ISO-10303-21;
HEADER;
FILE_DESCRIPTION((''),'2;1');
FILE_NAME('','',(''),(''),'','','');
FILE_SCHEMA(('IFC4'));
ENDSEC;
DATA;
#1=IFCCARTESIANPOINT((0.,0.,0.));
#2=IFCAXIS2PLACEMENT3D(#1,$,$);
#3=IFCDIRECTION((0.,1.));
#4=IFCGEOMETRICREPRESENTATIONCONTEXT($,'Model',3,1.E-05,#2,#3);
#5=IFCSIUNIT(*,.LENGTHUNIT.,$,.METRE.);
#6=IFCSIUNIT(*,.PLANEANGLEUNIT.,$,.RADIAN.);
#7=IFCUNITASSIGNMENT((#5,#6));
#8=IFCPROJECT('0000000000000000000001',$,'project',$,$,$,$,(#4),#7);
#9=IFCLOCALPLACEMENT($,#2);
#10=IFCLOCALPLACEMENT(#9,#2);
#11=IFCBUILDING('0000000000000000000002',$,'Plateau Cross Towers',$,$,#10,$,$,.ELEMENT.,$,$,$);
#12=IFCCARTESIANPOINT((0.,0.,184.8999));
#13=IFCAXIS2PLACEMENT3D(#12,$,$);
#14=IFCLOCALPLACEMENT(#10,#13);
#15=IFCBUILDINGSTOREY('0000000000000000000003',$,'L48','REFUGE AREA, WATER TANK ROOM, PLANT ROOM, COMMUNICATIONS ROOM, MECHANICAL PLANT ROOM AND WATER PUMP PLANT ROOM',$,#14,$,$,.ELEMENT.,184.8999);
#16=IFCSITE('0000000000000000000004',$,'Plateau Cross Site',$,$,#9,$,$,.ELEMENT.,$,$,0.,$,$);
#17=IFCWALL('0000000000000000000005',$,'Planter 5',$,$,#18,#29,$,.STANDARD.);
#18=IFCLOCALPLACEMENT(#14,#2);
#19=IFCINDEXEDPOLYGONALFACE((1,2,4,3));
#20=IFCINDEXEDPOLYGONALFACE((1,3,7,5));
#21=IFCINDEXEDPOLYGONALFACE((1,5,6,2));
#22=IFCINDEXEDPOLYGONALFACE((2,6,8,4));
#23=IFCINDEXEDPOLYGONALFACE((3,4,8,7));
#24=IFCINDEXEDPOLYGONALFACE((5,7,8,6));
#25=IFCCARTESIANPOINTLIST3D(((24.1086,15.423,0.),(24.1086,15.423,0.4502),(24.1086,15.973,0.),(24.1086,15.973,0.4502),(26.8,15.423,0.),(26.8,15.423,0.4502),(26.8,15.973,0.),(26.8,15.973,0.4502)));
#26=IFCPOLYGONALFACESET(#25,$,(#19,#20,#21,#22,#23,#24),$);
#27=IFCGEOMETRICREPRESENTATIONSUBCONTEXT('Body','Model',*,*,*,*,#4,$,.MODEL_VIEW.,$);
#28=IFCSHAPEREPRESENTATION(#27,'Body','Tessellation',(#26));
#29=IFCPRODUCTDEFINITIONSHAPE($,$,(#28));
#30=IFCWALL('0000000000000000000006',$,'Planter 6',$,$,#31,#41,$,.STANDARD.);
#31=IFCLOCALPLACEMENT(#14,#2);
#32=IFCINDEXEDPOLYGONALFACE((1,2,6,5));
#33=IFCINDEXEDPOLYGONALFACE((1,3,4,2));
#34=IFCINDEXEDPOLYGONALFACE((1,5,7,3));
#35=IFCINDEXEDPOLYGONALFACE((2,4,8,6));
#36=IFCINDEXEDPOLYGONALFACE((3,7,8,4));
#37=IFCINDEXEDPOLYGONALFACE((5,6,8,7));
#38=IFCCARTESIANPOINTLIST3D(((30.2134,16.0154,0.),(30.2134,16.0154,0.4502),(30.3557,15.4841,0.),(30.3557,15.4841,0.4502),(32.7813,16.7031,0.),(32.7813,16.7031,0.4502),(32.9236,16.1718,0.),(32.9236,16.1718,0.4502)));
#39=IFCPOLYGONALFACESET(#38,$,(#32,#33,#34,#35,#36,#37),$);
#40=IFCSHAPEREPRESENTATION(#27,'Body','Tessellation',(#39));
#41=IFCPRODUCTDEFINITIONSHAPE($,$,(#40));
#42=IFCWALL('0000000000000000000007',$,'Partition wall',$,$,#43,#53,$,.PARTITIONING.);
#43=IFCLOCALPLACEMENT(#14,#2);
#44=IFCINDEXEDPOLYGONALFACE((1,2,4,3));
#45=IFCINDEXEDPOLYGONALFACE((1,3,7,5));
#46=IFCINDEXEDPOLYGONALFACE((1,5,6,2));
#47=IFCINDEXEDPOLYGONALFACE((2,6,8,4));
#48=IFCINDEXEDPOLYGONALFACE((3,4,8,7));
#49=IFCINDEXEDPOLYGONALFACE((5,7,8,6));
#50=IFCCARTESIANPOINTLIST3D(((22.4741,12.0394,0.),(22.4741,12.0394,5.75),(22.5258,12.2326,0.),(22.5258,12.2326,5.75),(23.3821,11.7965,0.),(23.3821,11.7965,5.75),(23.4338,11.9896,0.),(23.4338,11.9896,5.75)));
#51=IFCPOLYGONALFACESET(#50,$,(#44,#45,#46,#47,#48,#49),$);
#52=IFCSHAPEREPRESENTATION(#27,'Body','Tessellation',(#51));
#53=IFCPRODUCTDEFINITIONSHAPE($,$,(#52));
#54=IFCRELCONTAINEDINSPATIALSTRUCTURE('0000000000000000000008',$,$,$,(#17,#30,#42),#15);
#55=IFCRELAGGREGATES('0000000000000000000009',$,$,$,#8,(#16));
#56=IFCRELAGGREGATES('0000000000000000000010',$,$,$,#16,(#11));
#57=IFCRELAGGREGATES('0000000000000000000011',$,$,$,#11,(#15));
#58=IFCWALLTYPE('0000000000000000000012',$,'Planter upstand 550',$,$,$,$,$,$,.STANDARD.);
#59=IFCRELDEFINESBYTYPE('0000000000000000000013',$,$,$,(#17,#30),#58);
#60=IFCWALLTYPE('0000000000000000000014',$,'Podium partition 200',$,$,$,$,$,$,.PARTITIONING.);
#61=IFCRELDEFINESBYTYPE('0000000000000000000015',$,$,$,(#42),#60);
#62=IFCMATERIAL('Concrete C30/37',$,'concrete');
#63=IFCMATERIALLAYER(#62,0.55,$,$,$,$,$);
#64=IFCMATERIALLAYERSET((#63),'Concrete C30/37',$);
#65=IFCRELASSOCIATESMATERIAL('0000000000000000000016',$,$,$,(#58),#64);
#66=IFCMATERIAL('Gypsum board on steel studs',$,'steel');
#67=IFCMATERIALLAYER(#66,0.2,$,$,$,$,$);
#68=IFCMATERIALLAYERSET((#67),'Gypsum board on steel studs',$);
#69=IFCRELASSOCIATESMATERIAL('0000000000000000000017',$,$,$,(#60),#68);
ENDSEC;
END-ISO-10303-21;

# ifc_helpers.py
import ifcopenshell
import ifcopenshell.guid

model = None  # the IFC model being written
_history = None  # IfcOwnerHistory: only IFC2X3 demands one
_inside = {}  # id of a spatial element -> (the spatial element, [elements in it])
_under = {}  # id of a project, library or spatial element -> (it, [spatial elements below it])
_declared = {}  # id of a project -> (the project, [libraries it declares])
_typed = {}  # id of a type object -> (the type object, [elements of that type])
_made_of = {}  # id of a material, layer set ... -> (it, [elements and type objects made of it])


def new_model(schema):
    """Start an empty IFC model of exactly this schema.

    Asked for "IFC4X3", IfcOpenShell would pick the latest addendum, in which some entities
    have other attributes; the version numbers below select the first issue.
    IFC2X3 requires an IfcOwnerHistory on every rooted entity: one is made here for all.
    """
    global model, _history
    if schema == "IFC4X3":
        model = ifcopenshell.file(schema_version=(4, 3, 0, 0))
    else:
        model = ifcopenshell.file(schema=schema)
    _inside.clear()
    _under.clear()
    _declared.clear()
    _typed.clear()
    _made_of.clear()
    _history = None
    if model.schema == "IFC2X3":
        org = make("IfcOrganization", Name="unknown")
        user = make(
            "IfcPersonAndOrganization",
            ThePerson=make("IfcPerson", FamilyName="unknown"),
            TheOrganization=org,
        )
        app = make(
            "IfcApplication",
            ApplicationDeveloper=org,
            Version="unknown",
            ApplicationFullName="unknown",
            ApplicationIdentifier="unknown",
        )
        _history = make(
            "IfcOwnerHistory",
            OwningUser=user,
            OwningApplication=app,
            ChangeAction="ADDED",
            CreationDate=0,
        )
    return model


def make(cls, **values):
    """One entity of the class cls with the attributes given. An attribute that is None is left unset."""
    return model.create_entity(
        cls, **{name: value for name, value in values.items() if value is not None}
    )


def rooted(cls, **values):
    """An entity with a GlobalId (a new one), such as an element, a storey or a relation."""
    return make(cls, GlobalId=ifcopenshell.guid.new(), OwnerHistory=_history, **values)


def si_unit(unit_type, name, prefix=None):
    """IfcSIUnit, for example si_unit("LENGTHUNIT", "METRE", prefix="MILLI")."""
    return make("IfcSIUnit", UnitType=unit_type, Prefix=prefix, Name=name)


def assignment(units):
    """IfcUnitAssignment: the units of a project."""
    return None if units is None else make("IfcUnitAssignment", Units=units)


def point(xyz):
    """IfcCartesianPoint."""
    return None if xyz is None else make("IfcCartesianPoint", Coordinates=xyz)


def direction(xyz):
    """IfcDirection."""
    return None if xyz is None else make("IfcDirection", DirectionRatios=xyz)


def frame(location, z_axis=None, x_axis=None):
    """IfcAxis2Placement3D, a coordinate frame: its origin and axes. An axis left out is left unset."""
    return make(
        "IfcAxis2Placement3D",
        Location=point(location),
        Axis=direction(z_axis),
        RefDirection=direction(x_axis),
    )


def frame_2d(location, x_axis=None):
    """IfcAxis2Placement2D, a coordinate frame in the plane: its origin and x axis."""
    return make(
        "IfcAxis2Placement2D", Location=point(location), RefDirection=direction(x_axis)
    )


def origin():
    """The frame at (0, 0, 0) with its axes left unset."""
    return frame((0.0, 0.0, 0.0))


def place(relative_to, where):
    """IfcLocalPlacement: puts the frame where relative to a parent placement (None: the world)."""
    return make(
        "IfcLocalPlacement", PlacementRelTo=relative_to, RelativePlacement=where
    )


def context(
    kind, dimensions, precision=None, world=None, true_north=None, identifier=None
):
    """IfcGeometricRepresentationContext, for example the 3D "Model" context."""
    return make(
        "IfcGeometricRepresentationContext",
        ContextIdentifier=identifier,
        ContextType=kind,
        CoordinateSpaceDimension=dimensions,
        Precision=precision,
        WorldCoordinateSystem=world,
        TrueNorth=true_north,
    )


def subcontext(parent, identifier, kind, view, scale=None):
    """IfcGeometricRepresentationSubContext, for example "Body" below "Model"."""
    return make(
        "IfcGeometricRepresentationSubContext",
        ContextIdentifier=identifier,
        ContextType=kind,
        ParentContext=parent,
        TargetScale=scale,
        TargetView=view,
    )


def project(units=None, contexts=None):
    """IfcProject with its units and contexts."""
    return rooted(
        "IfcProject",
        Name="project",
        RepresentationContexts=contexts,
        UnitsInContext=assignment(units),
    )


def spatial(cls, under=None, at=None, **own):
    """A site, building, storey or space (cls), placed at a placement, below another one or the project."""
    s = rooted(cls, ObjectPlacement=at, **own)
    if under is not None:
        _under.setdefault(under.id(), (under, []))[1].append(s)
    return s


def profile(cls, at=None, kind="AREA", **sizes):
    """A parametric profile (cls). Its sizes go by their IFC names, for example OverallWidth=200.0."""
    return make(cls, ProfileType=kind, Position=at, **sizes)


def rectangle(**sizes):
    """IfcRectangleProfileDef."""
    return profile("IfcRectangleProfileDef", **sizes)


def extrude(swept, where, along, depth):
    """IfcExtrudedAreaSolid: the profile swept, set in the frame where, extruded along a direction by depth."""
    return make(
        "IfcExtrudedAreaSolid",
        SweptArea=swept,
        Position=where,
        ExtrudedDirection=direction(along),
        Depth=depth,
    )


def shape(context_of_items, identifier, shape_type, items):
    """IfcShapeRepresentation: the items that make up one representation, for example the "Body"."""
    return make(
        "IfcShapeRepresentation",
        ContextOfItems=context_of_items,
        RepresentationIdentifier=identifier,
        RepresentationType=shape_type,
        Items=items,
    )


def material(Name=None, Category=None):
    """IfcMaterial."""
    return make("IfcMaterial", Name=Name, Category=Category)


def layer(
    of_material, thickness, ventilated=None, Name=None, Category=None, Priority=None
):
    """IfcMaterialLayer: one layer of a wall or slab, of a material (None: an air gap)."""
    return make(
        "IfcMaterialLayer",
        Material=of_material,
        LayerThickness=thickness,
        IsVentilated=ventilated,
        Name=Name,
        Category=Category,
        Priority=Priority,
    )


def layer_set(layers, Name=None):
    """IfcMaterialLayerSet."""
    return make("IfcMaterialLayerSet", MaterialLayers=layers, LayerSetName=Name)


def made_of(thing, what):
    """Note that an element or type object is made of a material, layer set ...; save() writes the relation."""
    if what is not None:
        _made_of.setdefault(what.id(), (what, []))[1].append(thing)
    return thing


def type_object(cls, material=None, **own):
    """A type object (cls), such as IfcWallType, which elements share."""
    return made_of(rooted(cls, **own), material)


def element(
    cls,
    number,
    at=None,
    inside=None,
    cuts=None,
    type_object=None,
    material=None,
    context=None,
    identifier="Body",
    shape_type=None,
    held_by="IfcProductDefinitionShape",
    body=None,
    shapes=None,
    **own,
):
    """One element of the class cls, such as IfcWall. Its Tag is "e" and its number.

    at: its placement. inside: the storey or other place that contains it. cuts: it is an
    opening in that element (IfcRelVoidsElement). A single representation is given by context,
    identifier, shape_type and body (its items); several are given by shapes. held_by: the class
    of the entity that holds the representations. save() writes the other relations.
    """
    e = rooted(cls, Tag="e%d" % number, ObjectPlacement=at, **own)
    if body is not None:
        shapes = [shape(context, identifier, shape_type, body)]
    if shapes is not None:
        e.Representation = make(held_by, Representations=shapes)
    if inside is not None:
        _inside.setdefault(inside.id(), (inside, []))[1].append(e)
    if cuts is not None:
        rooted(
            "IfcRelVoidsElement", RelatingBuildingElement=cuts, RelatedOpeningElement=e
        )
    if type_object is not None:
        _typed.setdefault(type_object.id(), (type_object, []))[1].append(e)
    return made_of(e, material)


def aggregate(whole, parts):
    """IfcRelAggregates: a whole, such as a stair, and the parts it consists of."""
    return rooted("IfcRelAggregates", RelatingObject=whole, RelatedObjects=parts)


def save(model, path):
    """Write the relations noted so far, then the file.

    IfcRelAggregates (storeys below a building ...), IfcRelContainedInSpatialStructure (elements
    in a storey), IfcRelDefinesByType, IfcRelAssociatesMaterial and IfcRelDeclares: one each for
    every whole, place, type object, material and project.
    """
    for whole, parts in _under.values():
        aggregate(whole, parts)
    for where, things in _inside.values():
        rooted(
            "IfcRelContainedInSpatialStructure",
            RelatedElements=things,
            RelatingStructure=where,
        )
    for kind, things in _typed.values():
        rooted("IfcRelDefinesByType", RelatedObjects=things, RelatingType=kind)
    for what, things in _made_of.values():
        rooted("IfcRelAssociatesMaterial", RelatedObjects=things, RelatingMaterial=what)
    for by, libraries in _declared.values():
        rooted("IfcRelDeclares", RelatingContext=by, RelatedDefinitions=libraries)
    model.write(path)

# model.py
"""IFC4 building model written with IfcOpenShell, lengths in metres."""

from ifc_helpers import new_model, si_unit, direction, frame, frame_2d, origin, place, context, subcontext, project, spatial, rectangle, extrude, material, layer, layer_set, type_object, element, save


model = new_model("IFC4")

# Units and contexts
model_context = context("Model", 3, precision=1e-05, world=origin(), true_north=direction((0.0, 1.0)))
body_context = subcontext(model_context, "Body", "Model", "MODEL_VIEW")
ifc_project = project(units=[si_unit("LENGTHUNIT", "METRE"), si_unit("PLANEANGLEUNIT", "RADIAN")], contexts=[model_context])

# Site, building, storey
site_placement = place(None, origin())
site = spatial("IfcSite", under=ifc_project, at=site_placement, Name="Plateau Cross Site", CompositionType="ELEMENT", RefElevation=0.0)
building_placement = place(site_placement, origin())
building = spatial("IfcBuilding", under=site, at=building_placement, Name="Plateau Cross Towers", CompositionType="ELEMENT")
storey_placement = place(building_placement, frame((0.0, 0.0, 184.8999)))
storey = spatial("IfcBuildingStorey", under=building, at=storey_placement, Name="L48", Description="REFUGE AREA, WATER TANK ROOM, PLANT ROOM, COMMUNICATIONS ROOM, MECHANICAL PLANT ROOM AND WATER PUMP PLANT ROOM", CompositionType="ELEMENT", Elevation=184.8999)

# Walls
ifc_material_1 = material(Name="Concrete C30/37", Category="concrete")
ifc_layer_1 = layer(ifc_material_1, 0.55)
ifc_layer_set_1 = layer_set([ifc_layer_1], Name="Concrete C30/37")
wall_type_1 = type_object("IfcWallType", Name="Planter upstand 550", PredefinedType="STANDARD", material=ifc_layer_set_1)
wall_1_placement = place(storey_placement, frame((24.1086, 15.698, 0.0), z_axis=(0.0, 0.0, 1.0), x_axis=(1.0, 0.0, 0.0)))
element("IfcWall", 1, at=wall_1_placement, inside=storey, type_object=wall_type_1, Name="Planter 5", PredefinedType="STANDARD", context=body_context, shape_type="SweptSolid", body=[
    extrude(rectangle(XDim=2.6914, YDim=0.55, at=frame_2d((1.3457, 0.0))), origin(), (0.0, 0.0, 1.0), 0.4502),
])
wall_2_placement = place(storey_placement, frame((30.2847, 15.7498, 0.0), z_axis=(0.0, 0.0, 1.0), x_axis=(0.965955, 0.258709, 0.0)))
element("IfcWall", 2, at=wall_2_placement, inside=storey, type_object=wall_type_1, Name="Planter 6", PredefinedType="STANDARD", context=body_context, shape_type="SweptSolid", body=[
    extrude(rectangle(XDim=2.6584, YDim=0.55, at=frame_2d((1.3291, 0.0))), origin(), (0.0, 0.0, 1.0), 0.4502),
])
ifc_material_2 = material(Name="Gypsum board on steel studs", Category="steel")
ifc_layer_2 = layer(ifc_material_2, 0.2)
ifc_layer_set_2 = layer_set([ifc_layer_2], Name="Gypsum board on steel studs")
wall_type_2 = type_object("IfcWallType", Name="Podium partition 200", PredefinedType="PARTITIONING", material=ifc_layer_set_2)
wall_3_placement = place(storey_placement, frame((23.408, 11.8931, 0.0), z_axis=(0.0, 0.0, 1.0), x_axis=(-0.966023, 0.258455, 0.0)))
element("IfcWall", 3, at=wall_3_placement, inside=storey, type_object=wall_type_2, Name="Partition wall", PredefinedType="PARTITIONING", context=body_context, shape_type="SweptSolid", body=[
    extrude(rectangle(XDim=0.9399, YDim=0.2, at=frame_2d((0.47, 0.0))), origin(), (0.0, 0.0, 1.0), 5.75),
])

save(model, "model.ifc")
